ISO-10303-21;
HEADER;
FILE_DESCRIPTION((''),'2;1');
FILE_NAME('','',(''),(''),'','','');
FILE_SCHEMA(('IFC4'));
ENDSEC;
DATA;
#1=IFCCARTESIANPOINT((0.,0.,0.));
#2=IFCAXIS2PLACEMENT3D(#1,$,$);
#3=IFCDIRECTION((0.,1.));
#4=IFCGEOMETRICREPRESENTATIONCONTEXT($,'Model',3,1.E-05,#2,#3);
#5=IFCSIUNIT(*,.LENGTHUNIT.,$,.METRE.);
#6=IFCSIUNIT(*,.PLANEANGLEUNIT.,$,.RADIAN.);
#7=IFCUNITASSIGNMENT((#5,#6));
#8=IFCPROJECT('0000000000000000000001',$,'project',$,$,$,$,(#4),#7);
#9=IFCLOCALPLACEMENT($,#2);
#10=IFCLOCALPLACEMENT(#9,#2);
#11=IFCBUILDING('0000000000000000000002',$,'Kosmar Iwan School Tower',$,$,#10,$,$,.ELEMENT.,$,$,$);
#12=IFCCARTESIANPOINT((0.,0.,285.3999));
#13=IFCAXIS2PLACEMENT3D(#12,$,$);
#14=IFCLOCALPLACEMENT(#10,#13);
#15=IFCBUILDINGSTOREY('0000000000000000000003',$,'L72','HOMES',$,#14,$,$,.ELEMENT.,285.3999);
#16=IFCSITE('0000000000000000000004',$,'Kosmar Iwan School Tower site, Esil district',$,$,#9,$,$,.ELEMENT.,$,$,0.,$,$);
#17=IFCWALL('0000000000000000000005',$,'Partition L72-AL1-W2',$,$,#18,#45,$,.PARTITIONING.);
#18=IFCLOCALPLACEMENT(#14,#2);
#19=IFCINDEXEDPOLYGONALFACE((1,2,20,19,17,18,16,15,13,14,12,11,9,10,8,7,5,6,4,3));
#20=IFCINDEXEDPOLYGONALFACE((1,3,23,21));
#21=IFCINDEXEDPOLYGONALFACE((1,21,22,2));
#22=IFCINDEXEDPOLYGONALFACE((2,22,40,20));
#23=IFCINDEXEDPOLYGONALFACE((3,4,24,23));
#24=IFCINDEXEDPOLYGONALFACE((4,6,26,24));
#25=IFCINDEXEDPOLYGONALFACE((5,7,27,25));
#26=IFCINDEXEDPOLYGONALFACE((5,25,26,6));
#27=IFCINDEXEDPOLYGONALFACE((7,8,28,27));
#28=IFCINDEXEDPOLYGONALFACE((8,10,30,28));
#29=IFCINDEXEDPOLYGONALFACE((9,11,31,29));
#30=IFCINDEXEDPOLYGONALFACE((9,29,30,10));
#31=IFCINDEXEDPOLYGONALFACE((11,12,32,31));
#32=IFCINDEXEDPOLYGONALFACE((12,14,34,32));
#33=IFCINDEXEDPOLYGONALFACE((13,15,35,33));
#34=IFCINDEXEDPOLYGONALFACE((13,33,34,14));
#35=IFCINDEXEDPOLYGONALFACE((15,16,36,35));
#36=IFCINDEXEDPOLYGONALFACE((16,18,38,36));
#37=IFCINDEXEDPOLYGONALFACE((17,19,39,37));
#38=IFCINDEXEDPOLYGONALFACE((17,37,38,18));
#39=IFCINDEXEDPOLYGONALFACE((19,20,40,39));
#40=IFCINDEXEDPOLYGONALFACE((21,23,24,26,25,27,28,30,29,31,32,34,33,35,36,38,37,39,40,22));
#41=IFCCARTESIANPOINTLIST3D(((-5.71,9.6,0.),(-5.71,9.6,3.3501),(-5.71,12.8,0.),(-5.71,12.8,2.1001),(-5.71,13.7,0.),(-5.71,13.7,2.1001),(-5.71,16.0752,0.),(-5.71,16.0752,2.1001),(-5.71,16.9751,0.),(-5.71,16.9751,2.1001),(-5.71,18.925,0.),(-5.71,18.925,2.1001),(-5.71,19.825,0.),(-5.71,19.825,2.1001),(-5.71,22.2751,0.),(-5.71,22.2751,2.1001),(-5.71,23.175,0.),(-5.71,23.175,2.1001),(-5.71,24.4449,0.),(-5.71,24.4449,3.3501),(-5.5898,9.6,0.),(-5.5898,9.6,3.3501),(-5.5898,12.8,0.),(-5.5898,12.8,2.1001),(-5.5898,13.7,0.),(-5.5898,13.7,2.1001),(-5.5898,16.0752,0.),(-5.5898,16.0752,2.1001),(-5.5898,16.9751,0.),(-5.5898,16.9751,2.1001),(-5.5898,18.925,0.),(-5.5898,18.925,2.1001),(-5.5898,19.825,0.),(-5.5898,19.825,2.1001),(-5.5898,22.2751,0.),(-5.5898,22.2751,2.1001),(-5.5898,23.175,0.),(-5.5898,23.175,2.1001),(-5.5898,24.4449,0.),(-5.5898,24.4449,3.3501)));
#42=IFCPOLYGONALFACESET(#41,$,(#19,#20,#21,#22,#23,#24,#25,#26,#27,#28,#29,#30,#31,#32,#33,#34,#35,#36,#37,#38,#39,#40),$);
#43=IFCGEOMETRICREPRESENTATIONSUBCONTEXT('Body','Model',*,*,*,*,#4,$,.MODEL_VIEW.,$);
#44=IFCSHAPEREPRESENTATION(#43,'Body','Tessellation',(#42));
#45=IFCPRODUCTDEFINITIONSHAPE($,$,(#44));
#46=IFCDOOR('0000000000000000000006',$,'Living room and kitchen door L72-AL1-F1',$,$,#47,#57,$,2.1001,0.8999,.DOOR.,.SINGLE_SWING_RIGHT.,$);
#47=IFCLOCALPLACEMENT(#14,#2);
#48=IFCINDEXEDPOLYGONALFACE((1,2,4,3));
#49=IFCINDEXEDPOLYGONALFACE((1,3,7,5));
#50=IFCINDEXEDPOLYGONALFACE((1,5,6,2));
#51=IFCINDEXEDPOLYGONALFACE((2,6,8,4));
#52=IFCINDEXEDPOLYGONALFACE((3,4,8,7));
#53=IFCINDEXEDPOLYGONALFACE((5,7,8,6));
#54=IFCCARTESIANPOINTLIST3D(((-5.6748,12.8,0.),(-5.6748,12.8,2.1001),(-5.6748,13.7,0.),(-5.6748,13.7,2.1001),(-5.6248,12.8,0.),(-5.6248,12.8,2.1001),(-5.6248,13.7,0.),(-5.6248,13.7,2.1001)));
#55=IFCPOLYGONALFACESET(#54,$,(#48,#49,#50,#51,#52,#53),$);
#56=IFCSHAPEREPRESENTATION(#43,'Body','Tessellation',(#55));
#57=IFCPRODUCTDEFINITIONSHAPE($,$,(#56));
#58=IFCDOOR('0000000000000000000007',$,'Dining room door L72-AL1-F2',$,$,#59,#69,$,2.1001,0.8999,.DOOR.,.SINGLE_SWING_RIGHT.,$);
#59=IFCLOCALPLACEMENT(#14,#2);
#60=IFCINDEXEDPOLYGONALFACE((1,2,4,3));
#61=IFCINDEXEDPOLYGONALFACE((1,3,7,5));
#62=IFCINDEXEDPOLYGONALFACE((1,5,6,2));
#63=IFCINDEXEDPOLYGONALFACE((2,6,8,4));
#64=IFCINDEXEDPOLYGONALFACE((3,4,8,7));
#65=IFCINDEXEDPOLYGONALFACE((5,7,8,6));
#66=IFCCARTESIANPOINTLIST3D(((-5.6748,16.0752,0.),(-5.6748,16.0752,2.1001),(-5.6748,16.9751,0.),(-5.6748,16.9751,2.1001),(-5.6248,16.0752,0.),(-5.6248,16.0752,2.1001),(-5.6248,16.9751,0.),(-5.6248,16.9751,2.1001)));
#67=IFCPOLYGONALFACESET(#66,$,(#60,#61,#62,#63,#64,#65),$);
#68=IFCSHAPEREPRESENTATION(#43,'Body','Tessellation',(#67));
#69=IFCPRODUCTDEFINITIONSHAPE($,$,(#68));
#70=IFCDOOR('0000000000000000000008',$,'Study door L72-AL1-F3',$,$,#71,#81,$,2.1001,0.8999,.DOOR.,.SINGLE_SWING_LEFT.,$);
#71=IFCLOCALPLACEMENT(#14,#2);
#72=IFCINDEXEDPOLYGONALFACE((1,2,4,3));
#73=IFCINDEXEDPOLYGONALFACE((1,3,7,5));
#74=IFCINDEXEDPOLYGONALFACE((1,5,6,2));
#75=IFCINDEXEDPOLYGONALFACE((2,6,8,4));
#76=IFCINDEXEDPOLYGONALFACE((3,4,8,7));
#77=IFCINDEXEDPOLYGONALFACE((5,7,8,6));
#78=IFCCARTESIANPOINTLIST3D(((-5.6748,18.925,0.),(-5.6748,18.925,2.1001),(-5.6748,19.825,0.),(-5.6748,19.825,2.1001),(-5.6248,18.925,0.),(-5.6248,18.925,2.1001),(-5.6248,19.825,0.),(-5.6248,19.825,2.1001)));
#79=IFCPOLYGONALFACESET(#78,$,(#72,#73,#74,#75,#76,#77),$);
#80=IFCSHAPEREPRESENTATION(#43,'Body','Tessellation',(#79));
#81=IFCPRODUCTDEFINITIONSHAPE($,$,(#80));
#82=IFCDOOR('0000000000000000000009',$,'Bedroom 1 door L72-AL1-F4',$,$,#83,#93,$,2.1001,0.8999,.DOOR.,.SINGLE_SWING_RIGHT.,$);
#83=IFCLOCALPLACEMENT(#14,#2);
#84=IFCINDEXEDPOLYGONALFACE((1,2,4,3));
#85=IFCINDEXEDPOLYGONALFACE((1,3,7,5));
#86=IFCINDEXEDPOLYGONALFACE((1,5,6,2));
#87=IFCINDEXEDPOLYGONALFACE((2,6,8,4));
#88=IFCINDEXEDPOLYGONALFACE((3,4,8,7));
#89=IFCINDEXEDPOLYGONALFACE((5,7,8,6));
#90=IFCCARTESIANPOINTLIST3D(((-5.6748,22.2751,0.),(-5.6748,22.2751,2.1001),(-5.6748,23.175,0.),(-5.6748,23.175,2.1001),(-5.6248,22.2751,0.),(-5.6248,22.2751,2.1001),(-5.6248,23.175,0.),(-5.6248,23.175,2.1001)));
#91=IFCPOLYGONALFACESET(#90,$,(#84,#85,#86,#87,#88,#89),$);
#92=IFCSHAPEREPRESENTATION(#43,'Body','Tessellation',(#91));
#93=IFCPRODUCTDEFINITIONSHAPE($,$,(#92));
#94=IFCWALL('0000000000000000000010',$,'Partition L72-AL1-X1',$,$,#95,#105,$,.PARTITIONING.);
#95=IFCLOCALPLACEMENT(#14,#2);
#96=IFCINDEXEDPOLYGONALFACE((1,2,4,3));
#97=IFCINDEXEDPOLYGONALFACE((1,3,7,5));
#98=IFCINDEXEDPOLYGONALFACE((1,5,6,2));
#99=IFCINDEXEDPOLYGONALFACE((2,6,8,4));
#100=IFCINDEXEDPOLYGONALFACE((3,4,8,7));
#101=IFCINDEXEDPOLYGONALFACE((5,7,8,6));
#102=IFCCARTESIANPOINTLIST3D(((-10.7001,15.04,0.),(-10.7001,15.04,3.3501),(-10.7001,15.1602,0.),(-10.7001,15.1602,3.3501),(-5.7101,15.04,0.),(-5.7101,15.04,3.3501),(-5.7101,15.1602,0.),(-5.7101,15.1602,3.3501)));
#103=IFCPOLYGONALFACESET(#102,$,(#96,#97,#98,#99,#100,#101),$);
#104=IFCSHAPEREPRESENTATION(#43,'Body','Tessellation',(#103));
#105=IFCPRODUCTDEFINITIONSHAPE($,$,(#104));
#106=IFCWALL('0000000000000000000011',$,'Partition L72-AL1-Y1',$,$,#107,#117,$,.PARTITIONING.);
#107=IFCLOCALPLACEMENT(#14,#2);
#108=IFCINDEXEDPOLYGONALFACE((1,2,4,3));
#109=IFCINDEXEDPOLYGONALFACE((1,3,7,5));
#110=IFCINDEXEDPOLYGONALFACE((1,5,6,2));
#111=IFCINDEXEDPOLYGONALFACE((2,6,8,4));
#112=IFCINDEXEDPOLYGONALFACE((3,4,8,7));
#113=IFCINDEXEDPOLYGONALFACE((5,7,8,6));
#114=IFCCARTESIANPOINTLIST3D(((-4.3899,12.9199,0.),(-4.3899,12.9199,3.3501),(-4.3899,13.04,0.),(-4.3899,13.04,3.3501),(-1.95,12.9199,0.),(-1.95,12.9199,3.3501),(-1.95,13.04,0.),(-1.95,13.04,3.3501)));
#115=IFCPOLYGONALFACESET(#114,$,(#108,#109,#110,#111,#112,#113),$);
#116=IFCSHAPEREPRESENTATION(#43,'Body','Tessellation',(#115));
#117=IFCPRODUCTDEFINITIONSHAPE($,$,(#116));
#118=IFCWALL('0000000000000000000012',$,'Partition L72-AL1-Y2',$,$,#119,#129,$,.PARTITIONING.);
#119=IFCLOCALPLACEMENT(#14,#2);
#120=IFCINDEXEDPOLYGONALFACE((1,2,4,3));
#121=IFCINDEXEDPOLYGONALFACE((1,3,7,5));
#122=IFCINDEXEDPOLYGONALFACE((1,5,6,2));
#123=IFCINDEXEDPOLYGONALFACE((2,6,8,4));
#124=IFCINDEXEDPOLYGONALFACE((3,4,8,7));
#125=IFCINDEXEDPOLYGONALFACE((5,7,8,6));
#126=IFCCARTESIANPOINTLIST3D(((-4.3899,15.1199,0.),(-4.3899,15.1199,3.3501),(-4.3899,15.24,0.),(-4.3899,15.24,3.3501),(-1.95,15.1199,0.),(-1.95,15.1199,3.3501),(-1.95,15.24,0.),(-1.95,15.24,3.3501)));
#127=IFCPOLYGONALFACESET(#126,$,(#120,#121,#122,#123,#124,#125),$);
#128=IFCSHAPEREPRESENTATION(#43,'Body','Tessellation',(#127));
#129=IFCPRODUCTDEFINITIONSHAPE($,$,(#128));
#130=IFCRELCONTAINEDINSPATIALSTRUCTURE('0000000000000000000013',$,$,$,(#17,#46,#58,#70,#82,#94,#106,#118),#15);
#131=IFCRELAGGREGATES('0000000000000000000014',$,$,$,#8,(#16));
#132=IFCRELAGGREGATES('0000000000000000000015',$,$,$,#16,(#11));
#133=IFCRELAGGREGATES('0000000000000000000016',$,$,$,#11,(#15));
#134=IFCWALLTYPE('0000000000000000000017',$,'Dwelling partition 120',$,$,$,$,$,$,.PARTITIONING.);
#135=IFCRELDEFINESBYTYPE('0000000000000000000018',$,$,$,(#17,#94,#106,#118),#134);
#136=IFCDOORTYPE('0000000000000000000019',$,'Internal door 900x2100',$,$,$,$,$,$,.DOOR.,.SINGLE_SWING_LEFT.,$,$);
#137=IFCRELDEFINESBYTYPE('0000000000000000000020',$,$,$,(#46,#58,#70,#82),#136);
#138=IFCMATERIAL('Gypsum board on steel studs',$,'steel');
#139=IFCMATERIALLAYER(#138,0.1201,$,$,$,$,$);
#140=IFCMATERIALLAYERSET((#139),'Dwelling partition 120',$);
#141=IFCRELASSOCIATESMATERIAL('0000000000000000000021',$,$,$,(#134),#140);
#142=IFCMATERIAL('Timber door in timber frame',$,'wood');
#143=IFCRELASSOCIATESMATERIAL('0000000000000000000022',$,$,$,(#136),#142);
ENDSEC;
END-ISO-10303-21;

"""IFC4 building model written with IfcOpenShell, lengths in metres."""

from ifc_helpers import new_model, si_unit, direction, frame, frame_2d, origin, place, context, subcontext, project, spatial, rectangle, extrude, material, layer, layer_set, type_object, element, fill, save


model = new_model("IFC4")

# Units and contexts
model_context = context("Model", 3, precision=1e-05, world=origin(), true_north=direction((0.0, 1.0)))
body_context = subcontext(model_context, "Body", "Model", "MODEL_VIEW")
ifc_project = project(units=[si_unit("LENGTHUNIT", "METRE"), si_unit("PLANEANGLEUNIT", "RADIAN")], contexts=[model_context])

# Site, building, storey
site_placement = place(None, origin())
site = spatial("IfcSite", under=ifc_project, at=site_placement, Name="Kosmar Iwan School Tower site, Esil district", CompositionType="ELEMENT", RefElevation=0.0)
building_placement = place(site_placement, origin())
building = spatial("IfcBuilding", under=site, at=building_placement, Name="Kosmar Iwan School Tower", CompositionType="ELEMENT")
storey_placement = place(building_placement, frame((0.0, 0.0, 285.3999)))
storey = spatial("IfcBuildingStorey", under=building, at=storey_placement, Name="L72", Description="HOMES", CompositionType="ELEMENT", Elevation=285.3999)

# Wall, openings, doors
ifc_material_1 = material(Name="Gypsum board on steel studs", Category="steel")
ifc_layer_1 = layer(ifc_material_1, 0.1201)
ifc_layer_set_1 = layer_set([ifc_layer_1], Name="Dwelling partition 120")
wall_type_1 = type_object("IfcWallType", Name="Dwelling partition 120", PredefinedType="PARTITIONING", material=ifc_layer_set_1)
ifc_material_2 = material(Name="Timber door in timber frame", Category="wood")
door_type_1 = type_object("IfcDoorType", Name="Internal door 900x2100", OperationType="SINGLE_SWING_LEFT", PredefinedType="DOOR", material=ifc_material_2)
wall_1_placement = place(storey_placement, frame((-5.6499, 9.6001, 0.0), z_axis=(0.0, 0.0, 1.0), x_axis=(0.0, 1.0, 0.0)))
wall_1 = element("IfcWall", 1, at=wall_1_placement, inside=storey, type_object=wall_type_1, Name="Partition L72-AL1-W2", PredefinedType="PARTITIONING", context=body_context, shape_type="SweptSolid", body=[
    extrude(rectangle(XDim=14.845, YDim=0.1201, at=frame_2d((7.4224, 0.0))), origin(), (0.0, 0.0, 1.0), 3.3501),
])
opening_1_placement = place(wall_1_placement, frame((3.2, 0.0, 0.0)))
opening_1 = element("IfcOpeningElement", 2, at=opening_1_placement, cuts=wall_1, PredefinedType="OPENING", context=body_context, shape_type="SweptSolid", body=[
    extrude(rectangle(XDim=0.8999, YDim=2.1001, at=frame_2d((0.45, 1.05))), frame((0.0, 0.072, 0.0), z_axis=(0.0, -1.0, 0.0), x_axis=(1.0, 0.0, 0.0)), (0.0, 0.0, 1.0), 0.144),
])
opening_2_placement = place(wall_1_placement, frame((6.4751, 0.0, 0.0)))
opening_2 = element("IfcOpeningElement", 3, at=opening_2_placement, cuts=wall_1, PredefinedType="OPENING", context=body_context, shape_type="SweptSolid", body=[
    extrude(rectangle(XDim=0.8999, YDim=2.1001, at=frame_2d((0.45, 1.05))), frame((0.0, 0.072, 0.0), z_axis=(0.0, -1.0, 0.0), x_axis=(1.0, 0.0, 0.0)), (0.0, 0.0, 1.0), 0.144),
])
opening_3_placement = place(wall_1_placement, frame((9.325, 0.0, 0.0)))
opening_3 = element("IfcOpeningElement", 4, at=opening_3_placement, cuts=wall_1, PredefinedType="OPENING", context=body_context, shape_type="SweptSolid", body=[
    extrude(rectangle(XDim=0.8999, YDim=2.1001, at=frame_2d((0.45, 1.05))), frame((0.0, 0.072, 0.0), z_axis=(0.0, -1.0, 0.0), x_axis=(1.0, 0.0, 0.0)), (0.0, 0.0, 1.0), 0.144),
])
opening_4_placement = place(wall_1_placement, frame((12.675, 0.0, 0.0)))
opening_4 = element("IfcOpeningElement", 5, at=opening_4_placement, cuts=wall_1, PredefinedType="OPENING", context=body_context, shape_type="SweptSolid", body=[
    extrude(rectangle(XDim=0.8999, YDim=2.1001, at=frame_2d((0.45, 1.05))), frame((0.0, 0.072, 0.0), z_axis=(0.0, -1.0, 0.0), x_axis=(1.0, 0.0, 0.0)), (0.0, 0.0, 1.0), 0.144),
])
door_1_placement = place(opening_1_placement, origin())
door_1 = element("IfcDoor", 6, at=door_1_placement, inside=storey, type_object=door_type_1, Name="Living room and kitchen door L72-AL1-F1", OperationType="SINGLE_SWING_RIGHT", OverallHeight=2.1001, OverallWidth=0.8999, PredefinedType="DOOR", context=body_context, shape_type="SweptSolid", body=[
    extrude(rectangle(XDim=0.8999, YDim=2.1001, at=frame_2d((0.45, 1.05))), frame((0.0, 0.0249, 0.0), z_axis=(0.0, -1.0, 0.0), x_axis=(1.0, 0.0, 0.0)), (0.0, 0.0, 1.0), 0.05),
])
fill(opening_1, door_1)
door_2_placement = place(opening_2_placement, origin())
door_2 = element("IfcDoor", 7, at=door_2_placement, inside=storey, type_object=door_type_1, Name="Dining room door L72-AL1-F2", OperationType="SINGLE_SWING_RIGHT", OverallHeight=2.1001, OverallWidth=0.8999, PredefinedType="DOOR", context=body_context, shape_type="SweptSolid", body=[
    extrude(rectangle(XDim=0.8999, YDim=2.1001, at=frame_2d((0.45, 1.05))), frame((0.0, 0.0249, 0.0), z_axis=(0.0, -1.0, 0.0), x_axis=(1.0, 0.0, 0.0)), (0.0, 0.0, 1.0), 0.05),
])
fill(opening_2, door_2)
door_3_placement = place(opening_3_placement, origin())
door_3 = element("IfcDoor", 8, at=door_3_placement, inside=storey, type_object=door_type_1, Name="Study door L72-AL1-F3", OperationType="SINGLE_SWING_LEFT", OverallHeight=2.1001, OverallWidth=0.8999, PredefinedType="DOOR", context=body_context, shape_type="SweptSolid", body=[
    extrude(rectangle(XDim=0.8999, YDim=2.1001, at=frame_2d((0.45, 1.05))), frame((0.0, 0.0249, 0.0), z_axis=(0.0, -1.0, 0.0), x_axis=(1.0, 0.0, 0.0)), (0.0, 0.0, 1.0), 0.05),
])
fill(opening_3, door_3)
door_4_placement = place(opening_4_placement, origin())
door_4 = element("IfcDoor", 9, at=door_4_placement, inside=storey, type_object=door_type_1, Name="Bedroom 1 door L72-AL1-F4", OperationType="SINGLE_SWING_RIGHT", OverallHeight=2.1001, OverallWidth=0.8999, PredefinedType="DOOR", context=body_context, shape_type="SweptSolid", body=[
    extrude(rectangle(XDim=0.8999, YDim=2.1001, at=frame_2d((0.45, 1.05))), frame((0.0, 0.0249, 0.0), z_axis=(0.0, -1.0, 0.0), x_axis=(1.0, 0.0, 0.0)), (0.0, 0.0, 1.0), 0.05),
])
fill(opening_4, door_4)

# Walls
wall_2_placement = place(storey_placement, frame((-5.71, 15.1001, 0.0), z_axis=(0.0, 0.0, 1.0), x_axis=(-1.0, 0.0, 0.0)))
element("IfcWall", 10, at=wall_2_placement, inside=storey, type_object=wall_type_1, Name="Partition L72-AL1-X1", PredefinedType="PARTITIONING", context=body_context, shape_type="SweptSolid", body=[
    extrude(rectangle(XDim=4.99, YDim=0.1201, at=frame_2d((2.4951, 0.0))), origin(), (0.0, 0.0, 1.0), 3.3501),
])
for number, where, z_axis, x_axis, name in (
    (11, (-1.95, 12.98, 0.0), (0.0, 0.0, 1.0), (-1.0, 0.0, 0.0), "Partition L72-AL1-Y1"),
    (12, (-1.95, 15.1799, 0.0), (0.0, 0.0, 1.0), (-1.0, 0.0, 0.0), "Partition L72-AL1-Y2"),
):
    element("IfcWall", number, at=place(storey_placement, frame(where, z_axis=z_axis, x_axis=x_axis)), inside=storey, type_object=wall_type_1, Name=name, PredefinedType="PARTITIONING", context=body_context, shape_type="SweptSolid", body=[
        extrude(rectangle(XDim=2.4399, YDim=0.1201, at=frame_2d((1.22, 0.0))), origin(), (0.0, 0.0, 1.0), 3.3501),
    ])

save(model, "model.ifc")
